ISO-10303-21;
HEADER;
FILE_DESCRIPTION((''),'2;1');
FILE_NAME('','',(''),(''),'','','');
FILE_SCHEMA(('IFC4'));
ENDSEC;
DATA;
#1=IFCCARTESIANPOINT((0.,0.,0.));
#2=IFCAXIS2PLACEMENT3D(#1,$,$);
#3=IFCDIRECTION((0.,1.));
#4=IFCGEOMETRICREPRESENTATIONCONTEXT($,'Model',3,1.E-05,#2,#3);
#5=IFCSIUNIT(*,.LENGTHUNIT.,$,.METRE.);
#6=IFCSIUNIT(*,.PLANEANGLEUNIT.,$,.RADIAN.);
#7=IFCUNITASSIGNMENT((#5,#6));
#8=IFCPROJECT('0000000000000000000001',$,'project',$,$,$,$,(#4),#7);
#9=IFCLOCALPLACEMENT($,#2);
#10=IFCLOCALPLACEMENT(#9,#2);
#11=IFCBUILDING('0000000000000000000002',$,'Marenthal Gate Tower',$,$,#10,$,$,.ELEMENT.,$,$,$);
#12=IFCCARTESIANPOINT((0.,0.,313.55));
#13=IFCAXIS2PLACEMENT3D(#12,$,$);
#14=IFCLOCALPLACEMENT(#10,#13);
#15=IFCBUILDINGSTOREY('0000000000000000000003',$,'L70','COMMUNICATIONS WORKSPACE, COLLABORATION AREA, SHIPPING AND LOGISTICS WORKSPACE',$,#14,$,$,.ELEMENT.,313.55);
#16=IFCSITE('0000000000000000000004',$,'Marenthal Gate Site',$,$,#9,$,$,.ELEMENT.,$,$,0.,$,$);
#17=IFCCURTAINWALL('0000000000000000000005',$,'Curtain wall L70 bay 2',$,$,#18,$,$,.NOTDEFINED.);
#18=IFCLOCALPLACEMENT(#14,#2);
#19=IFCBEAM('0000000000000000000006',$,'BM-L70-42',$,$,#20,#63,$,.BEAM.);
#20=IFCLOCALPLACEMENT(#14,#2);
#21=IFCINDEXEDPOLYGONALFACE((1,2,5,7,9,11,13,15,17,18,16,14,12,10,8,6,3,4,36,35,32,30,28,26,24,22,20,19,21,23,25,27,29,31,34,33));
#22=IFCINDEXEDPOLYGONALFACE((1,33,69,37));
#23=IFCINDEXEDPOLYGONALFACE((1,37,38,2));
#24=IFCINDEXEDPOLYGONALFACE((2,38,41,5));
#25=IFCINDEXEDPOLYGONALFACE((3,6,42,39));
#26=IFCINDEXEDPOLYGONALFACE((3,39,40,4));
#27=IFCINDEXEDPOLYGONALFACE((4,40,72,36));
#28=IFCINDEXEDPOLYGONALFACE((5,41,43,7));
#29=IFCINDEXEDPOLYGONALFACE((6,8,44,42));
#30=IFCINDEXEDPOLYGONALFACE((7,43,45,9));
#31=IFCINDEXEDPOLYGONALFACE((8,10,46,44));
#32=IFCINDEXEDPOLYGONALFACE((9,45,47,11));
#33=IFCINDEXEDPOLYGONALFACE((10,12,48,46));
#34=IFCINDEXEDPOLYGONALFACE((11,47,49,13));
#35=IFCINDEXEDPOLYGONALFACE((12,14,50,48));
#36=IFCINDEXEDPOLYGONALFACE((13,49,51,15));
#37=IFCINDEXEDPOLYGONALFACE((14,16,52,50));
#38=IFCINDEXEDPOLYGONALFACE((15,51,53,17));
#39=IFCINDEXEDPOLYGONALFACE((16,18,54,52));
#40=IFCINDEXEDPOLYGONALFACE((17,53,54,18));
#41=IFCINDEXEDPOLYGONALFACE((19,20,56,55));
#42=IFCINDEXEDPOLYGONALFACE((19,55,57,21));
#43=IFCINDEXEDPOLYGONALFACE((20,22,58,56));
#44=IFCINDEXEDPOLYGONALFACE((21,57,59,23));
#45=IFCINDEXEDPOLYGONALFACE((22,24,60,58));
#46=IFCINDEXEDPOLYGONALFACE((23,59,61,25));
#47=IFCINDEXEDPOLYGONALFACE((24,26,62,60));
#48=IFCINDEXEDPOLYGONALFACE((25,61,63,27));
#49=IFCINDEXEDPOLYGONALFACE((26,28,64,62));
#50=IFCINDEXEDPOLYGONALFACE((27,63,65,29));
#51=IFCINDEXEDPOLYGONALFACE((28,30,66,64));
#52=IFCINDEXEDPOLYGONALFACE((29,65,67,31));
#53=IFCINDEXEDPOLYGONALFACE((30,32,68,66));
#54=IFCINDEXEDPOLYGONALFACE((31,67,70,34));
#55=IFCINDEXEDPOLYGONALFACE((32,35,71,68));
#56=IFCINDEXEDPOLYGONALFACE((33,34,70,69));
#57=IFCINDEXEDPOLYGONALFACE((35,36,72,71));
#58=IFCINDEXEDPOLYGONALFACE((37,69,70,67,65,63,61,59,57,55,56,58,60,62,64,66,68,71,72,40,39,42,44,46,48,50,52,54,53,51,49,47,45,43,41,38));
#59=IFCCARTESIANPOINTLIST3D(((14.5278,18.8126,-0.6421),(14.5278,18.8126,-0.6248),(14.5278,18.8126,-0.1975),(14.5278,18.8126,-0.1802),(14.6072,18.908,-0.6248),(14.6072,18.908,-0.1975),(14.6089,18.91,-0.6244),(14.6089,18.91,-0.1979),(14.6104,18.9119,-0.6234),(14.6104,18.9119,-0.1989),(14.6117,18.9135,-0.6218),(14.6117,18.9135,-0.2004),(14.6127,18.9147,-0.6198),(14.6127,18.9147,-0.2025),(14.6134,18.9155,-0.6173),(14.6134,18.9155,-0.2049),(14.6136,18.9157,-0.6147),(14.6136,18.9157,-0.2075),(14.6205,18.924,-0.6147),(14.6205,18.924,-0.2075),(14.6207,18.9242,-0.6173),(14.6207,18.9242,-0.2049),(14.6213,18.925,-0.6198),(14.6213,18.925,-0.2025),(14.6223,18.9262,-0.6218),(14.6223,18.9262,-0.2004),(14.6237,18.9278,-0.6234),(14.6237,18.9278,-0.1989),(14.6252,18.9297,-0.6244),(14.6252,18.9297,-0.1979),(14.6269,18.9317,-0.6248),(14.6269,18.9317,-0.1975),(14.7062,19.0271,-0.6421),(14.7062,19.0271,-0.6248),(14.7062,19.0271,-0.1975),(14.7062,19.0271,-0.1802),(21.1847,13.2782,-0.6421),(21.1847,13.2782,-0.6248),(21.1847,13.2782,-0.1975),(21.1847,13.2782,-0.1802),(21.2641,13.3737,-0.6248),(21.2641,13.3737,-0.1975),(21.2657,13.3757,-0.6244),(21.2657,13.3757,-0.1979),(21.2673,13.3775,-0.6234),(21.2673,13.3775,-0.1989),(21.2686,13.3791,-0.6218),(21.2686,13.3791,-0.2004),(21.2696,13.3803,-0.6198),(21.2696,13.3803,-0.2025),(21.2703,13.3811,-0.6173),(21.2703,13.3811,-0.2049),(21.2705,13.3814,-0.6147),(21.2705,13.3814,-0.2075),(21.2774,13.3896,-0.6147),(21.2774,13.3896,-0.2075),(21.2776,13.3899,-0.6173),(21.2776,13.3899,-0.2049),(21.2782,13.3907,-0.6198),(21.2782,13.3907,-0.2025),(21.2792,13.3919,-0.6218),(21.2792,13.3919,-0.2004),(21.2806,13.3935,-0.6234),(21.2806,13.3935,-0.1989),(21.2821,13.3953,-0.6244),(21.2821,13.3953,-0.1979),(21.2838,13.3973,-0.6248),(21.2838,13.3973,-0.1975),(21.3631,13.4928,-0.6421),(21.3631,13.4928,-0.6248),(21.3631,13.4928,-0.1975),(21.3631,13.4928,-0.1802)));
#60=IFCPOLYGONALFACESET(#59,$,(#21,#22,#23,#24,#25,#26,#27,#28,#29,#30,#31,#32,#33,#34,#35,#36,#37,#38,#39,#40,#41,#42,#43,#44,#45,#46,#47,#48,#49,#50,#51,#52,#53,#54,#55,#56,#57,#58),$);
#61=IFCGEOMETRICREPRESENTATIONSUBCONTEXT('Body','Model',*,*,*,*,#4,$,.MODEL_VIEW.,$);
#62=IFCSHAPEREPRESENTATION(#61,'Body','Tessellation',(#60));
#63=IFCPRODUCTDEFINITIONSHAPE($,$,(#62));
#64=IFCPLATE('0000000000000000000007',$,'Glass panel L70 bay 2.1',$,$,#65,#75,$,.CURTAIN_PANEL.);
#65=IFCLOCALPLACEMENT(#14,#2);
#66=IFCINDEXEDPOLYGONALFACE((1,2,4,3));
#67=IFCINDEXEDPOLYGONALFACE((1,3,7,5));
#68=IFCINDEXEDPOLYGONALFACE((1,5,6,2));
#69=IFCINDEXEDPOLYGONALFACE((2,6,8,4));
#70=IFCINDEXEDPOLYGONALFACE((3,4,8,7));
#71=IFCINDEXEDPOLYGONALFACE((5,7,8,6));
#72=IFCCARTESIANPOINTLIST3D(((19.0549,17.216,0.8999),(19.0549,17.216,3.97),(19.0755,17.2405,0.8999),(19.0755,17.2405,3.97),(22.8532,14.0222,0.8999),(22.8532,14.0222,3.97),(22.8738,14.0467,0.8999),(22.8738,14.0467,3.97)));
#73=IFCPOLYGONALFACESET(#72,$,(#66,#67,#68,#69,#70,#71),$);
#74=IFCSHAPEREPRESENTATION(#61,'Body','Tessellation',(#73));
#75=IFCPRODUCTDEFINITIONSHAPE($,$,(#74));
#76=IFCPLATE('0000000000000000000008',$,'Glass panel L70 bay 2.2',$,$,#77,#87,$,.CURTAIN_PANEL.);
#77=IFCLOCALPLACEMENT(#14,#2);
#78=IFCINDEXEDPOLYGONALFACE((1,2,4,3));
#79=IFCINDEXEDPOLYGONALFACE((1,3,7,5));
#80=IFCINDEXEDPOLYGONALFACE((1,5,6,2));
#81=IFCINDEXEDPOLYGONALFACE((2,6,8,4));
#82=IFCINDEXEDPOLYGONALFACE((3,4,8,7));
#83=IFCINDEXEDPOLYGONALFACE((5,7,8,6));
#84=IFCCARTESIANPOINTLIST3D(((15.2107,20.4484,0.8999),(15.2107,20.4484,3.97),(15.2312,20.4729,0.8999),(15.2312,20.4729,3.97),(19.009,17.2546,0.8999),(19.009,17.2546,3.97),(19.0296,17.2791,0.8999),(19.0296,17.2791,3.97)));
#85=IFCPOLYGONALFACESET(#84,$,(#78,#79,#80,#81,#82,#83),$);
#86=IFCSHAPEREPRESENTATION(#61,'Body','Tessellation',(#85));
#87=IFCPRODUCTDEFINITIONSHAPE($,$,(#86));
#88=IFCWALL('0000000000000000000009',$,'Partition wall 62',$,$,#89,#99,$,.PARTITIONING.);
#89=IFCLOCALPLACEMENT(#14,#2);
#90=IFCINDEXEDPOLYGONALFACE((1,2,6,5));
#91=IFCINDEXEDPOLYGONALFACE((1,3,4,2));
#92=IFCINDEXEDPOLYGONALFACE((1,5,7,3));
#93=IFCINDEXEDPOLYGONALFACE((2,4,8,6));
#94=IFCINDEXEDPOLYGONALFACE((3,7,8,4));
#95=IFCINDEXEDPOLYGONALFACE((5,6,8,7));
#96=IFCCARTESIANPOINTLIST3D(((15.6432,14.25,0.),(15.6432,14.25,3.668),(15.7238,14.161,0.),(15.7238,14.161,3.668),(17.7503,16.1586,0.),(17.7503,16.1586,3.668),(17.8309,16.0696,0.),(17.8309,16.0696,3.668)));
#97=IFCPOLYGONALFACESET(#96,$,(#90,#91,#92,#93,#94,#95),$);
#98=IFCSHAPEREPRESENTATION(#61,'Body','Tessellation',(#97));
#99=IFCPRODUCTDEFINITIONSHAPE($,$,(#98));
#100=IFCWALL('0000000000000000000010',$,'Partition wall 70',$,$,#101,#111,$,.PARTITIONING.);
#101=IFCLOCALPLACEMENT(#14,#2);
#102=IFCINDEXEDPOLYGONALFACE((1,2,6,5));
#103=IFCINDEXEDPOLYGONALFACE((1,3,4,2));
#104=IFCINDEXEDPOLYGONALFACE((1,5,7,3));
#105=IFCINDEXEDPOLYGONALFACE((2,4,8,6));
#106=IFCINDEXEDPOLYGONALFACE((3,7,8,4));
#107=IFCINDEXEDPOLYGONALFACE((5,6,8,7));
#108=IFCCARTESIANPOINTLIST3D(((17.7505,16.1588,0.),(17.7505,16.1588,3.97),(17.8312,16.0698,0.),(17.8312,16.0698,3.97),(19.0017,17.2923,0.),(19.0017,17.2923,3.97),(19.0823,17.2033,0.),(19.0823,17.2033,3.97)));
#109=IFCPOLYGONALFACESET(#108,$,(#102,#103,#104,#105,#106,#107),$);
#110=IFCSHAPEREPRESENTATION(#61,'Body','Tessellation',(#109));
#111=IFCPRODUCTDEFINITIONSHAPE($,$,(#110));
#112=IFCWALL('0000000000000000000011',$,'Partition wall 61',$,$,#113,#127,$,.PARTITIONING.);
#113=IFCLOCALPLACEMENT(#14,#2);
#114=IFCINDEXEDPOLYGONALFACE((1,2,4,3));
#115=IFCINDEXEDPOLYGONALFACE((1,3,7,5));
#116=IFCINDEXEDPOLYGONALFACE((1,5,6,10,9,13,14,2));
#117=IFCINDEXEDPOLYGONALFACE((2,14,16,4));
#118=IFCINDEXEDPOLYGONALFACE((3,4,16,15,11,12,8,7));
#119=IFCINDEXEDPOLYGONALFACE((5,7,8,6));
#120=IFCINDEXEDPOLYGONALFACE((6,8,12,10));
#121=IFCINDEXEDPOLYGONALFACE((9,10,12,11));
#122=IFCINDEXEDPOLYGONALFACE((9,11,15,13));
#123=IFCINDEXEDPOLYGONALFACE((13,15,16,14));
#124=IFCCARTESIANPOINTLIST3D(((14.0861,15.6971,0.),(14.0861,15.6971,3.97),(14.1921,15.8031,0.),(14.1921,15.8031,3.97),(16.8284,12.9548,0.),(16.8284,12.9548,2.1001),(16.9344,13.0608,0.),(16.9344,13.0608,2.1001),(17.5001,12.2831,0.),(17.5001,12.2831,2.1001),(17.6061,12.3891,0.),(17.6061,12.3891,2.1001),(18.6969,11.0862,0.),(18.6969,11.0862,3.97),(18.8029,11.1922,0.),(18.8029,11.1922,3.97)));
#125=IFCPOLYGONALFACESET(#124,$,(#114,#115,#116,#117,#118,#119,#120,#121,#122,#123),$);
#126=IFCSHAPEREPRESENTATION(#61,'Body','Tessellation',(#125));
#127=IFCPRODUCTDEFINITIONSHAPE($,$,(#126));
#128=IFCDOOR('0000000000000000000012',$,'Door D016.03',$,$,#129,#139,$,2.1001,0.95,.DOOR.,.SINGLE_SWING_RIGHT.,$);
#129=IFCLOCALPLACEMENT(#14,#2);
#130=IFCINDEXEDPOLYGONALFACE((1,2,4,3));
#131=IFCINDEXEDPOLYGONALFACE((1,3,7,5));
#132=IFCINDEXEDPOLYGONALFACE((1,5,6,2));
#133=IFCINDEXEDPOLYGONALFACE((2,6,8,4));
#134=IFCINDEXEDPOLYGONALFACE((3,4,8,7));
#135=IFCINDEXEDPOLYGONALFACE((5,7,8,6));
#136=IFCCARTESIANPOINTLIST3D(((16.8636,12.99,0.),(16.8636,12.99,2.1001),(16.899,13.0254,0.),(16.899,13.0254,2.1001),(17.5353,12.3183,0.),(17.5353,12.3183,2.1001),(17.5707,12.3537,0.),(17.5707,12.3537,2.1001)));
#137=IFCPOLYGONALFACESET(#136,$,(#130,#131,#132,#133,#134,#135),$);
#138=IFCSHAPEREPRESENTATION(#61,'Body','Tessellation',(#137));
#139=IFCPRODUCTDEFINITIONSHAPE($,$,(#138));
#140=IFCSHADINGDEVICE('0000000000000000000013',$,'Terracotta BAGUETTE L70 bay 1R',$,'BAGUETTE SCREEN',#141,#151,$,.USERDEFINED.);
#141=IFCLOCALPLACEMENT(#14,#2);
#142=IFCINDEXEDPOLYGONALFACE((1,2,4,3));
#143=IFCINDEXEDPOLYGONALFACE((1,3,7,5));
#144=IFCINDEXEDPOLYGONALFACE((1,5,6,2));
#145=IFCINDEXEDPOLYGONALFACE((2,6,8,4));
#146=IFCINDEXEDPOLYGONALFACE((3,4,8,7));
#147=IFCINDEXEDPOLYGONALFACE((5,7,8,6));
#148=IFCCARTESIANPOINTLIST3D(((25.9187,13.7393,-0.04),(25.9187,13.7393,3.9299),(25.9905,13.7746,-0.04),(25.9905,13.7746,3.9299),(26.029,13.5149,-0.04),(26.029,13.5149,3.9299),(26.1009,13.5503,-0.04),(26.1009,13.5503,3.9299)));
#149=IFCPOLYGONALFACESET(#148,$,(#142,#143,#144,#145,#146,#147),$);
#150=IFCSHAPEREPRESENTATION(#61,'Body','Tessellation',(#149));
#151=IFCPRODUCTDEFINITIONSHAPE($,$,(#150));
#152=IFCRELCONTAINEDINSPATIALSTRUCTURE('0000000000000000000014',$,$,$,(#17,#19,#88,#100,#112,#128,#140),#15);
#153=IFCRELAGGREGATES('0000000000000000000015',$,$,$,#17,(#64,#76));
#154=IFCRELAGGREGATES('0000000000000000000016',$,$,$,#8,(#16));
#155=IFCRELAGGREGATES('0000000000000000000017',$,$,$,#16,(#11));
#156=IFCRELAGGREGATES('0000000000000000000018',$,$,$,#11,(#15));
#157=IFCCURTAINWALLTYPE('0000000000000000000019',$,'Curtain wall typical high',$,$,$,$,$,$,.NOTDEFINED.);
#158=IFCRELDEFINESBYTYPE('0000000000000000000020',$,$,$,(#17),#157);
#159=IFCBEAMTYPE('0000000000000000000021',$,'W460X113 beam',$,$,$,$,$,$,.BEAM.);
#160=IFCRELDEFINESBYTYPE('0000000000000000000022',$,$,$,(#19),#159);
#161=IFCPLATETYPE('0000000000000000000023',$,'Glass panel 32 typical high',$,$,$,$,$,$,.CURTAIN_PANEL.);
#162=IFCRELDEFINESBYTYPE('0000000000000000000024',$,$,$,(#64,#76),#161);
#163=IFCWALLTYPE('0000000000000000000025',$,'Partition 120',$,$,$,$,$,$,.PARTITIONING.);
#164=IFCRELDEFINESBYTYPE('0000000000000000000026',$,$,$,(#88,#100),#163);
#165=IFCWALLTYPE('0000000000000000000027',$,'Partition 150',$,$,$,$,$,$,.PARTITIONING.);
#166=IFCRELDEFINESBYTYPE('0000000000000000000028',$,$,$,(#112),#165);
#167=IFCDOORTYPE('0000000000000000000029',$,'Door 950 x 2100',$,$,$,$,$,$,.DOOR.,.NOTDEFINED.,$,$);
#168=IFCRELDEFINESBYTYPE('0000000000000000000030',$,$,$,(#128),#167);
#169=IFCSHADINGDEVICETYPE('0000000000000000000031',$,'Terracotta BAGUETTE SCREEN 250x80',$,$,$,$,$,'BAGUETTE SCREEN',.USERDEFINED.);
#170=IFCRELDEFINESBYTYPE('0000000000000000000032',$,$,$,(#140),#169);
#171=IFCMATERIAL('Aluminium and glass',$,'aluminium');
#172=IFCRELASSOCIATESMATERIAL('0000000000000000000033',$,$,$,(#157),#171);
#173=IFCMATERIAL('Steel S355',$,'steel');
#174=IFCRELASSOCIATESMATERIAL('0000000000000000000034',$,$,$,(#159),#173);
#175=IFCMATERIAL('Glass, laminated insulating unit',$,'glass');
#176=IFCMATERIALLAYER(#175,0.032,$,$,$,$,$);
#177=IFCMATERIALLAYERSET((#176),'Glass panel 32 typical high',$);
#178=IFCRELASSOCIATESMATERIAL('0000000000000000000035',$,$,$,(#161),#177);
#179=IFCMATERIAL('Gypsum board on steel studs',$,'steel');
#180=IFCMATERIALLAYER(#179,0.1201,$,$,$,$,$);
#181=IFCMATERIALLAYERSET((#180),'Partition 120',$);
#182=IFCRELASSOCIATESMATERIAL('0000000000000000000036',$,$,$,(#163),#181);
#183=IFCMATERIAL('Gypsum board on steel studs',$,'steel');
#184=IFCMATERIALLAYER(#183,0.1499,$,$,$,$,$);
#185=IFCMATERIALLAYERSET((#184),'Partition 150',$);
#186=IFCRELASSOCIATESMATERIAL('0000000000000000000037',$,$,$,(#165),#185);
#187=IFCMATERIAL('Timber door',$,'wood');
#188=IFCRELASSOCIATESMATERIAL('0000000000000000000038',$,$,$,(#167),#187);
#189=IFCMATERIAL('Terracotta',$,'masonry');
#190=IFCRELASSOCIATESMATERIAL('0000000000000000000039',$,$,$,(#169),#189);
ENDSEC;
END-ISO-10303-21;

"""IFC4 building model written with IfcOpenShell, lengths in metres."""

from ifc_helpers import new_model, si_unit, direction, frame, frame_2d, origin, origin_2d, place, context, subcontext, project, spatial, rectangle, i_section, extrude, material, layer, layer_set, material_profile, profile_set, type_object, element, fill, aggregate, save


model = new_model("IFC4")

# Units and contexts
model_context = context("Model", 3, precision=1e-05, world=origin(), true_north=direction((0.0, 1.0)))
body_context = subcontext(model_context, "Body", "Model", "MODEL_VIEW")
ifc_project = project(units=[si_unit("LENGTHUNIT", "METRE"), si_unit("PLANEANGLEUNIT", "RADIAN")], contexts=[model_context])

# Site, building, storey
site_placement = place(None, origin())
site = spatial("IfcSite", under=ifc_project, at=site_placement, Name="Marenthal Gate Site", CompositionType="ELEMENT", RefElevation=0.0)
building_placement = place(site_placement, origin())
building = spatial("IfcBuilding", under=site, at=building_placement, Name="Marenthal Gate Tower", CompositionType="ELEMENT")
storey_placement = place(building_placement, frame((0.0, 0.0, 313.55)))
storey = spatial("IfcBuildingStorey", under=building, at=storey_placement, Name="L70", Description="COMMUNICATIONS WORKSPACE, COLLABORATION AREA, SHIPPING AND LOGISTICS WORKSPACE", CompositionType="ELEMENT", Elevation=313.55)

# Curtain wall
ifc_material_1 = material(Name="Aluminium and glass", Category="aluminium")
curtain_wall_type = type_object("IfcCurtainWallType", Name="Curtain wall typical high", PredefinedType="NOTDEFINED", material=ifc_material_1)
curtain_wall_placement = place(storey_placement, origin())
curtain_wall = element("IfcCurtainWall", 1, at=curtain_wall_placement, inside=storey, type_object=curtain_wall_type, Name="Curtain wall L70 bay 2", PredefinedType="NOTDEFINED")

# Beam
ifc_material_2 = material(Name="Steel S355", Category="steel")
ifc_material_profile_1 = material_profile(ifc_material_2, i_section(OverallWidth=0.2791, OverallDepth=0.4619, WebThickness=0.0107, FlangeThickness=0.0173, FilletRadius=0.01, at=origin_2d()), Name="W460X113")
ifc_profile_set_1 = profile_set([ifc_material_profile_1], Name="Steel S355")
beam_type_1 = type_object("IfcBeamType", Name="W460X113 beam", PredefinedType="BEAM", material=ifc_profile_set_1)
beam_1_placement = place(storey_placement, frame((21.2739, 13.3855, -0.4111), z_axis=(-0.768963, 0.639294, 0.0), x_axis=(-0.639294, -0.768963, 0.0)))
element("IfcBeam", 2, at=beam_1_placement, inside=storey, type_object=beam_type_1, Name="BM-L70-42", PredefinedType="BEAM", context=body_context, shape_type="SweptSolid", body=[
    extrude(i_section(OverallWidth=0.2791, OverallDepth=0.4619, WebThickness=0.0107, FlangeThickness=0.0173, FilletRadius=0.01, at=origin_2d()), origin(), (0.0, 0.0, 1.0), 8.657),
])

# Plates
ifc_material_3 = material(Name="Glass, laminated insulating unit", Category="glass")
ifc_layer_1 = layer(ifc_material_3, 0.032)
ifc_layer_set_1 = layer_set([ifc_layer_1], Name="Glass panel 32 typical high")
plate_type = type_object("IfcPlateType", Name="Glass panel 32 typical high", PredefinedType="CURTAIN_PANEL", material=ifc_layer_set_1)
plate_1_placement = place(storey_placement, frame((20.9644, 15.6313, 0.8999), z_axis=(0.0, 0.0, 1.0), x_axis=(-0.765387, 0.64357, 0.0)))
plate_1 = element("IfcPlate", 3, at=plate_1_placement, type_object=plate_type, Name="Glass panel L70 bay 2.1", PredefinedType="CURTAIN_PANEL", context=body_context, shape_type="SweptSolid", body=[
    extrude(rectangle(XDim=4.9626, YDim=0.032, at=origin_2d()), origin(), (0.0, 0.0, 1.0), 3.0701),
])
plate_2_placement = place(storey_placement, frame((17.1201, 18.8638, 0.8999), z_axis=(0.0, 0.0, 1.0), x_axis=(-0.765387, 0.64357, 0.0)))
plate_2 = element("IfcPlate", 4, at=plate_2_placement, type_object=plate_type, Name="Glass panel L70 bay 2.2", PredefinedType="CURTAIN_PANEL", context=body_context, shape_type="SweptSolid", body=[
    extrude(rectangle(XDim=4.9626, YDim=0.032, at=origin_2d()), origin(), (0.0, 0.0, 1.0), 3.0701),
])
aggregate(curtain_wall, [plate_1, plate_2])

# Walls
ifc_material_4 = material(Name="Gypsum board on steel studs", Category="steel")
ifc_layer_2 = layer(ifc_material_4, 0.1201)
ifc_layer_set_2 = layer_set([ifc_layer_2], Name="Partition 120")
wall_type_1 = type_object("IfcWallType", Name="Partition 120", PredefinedType="PARTITIONING", material=ifc_layer_set_2)
wall_1_placement = place(storey_placement, frame((15.6836, 14.2056, 0.0), z_axis=(0.0, 0.0, 1.0), x_axis=(0.741151, 0.671338, 0.0)))
element("IfcWall", 5, at=wall_1_placement, inside=storey, type_object=wall_type_1, Name="Partition wall 62", PredefinedType="PARTITIONING", context=body_context, shape_type="SweptSolid", body=[
    extrude(rectangle(XDim=2.843, YDim=0.1201, at=frame_2d((1.4214, 0.0))), origin(), (0.0, 0.0, 1.0), 3.668),
])
wall_2_placement = place(storey_placement, frame((17.7908, 16.1143, 0.0), z_axis=(0.0, 0.0, 1.0), x_axis=(0.741097, 0.671398, 0.0)))
element("IfcWall", 6, at=wall_2_placement, inside=storey, type_object=wall_type_1, Name="Partition wall 70", PredefinedType="PARTITIONING", context=body_context, shape_type="SweptSolid", body=[
    extrude(rectangle(XDim=1.6882, YDim=0.1201, at=frame_2d((0.8442, 0.0))), origin(), (0.0, 0.0, 1.0), 3.97),
])

# Wall, opening, door
ifc_material_5 = material(Name="Gypsum board on steel studs", Category="steel")
ifc_layer_3 = layer(ifc_material_5, 0.1499)
ifc_layer_set_3 = layer_set([ifc_layer_3], Name="Partition 150")
wall_type_2 = type_object("IfcWallType", Name="Partition 150", PredefinedType="PARTITIONING", material=ifc_layer_set_3)
wall_3_placement = place(storey_placement, frame((14.1392, 15.75, 0.0), z_axis=(0.0, 0.0, 1.0), x_axis=(0.707107, -0.707107, 0.0)))
wall_3 = element("IfcWall", 7, at=wall_3_placement, inside=storey, type_object=wall_type_2, Name="Partition wall 61", PredefinedType="PARTITIONING", context=body_context, shape_type="SweptSolid", body=[
    extrude(rectangle(XDim=6.5208, YDim=0.1499, at=frame_2d((3.2603, 0.0))), origin(), (0.0, 0.0, 1.0), 3.97),
])
opening_1_placement = place(wall_3_placement, frame((3.8779, 0.0, 0.0)))
opening_1 = element("IfcOpeningElement", 8, at=opening_1_placement, cuts=wall_3, PredefinedType="OPENING", context=body_context, shape_type="SweptSolid", body=[
    extrude(rectangle(XDim=0.95, YDim=2.1001, at=frame_2d((0.4751, 1.05))), frame((0.0, 0.085, 0.0), z_axis=(0.0, -1.0, 0.0), x_axis=(1.0, 0.0, 0.0)), (0.0, 0.0, 1.0), 0.1699),
])
ifc_material_6 = material(Name="Timber door", Category="wood")
door_type_1 = type_object("IfcDoorType", Name="Door 950 x 2100", OperationType="NOTDEFINED", PredefinedType="DOOR", material=ifc_material_6)
door_1_placement = place(opening_1_placement, origin())
door_1 = element("IfcDoor", 9, at=door_1_placement, inside=storey, type_object=door_type_1, Name="Door D016.03", OperationType="SINGLE_SWING_RIGHT", OverallHeight=2.1001, OverallWidth=0.95, PredefinedType="DOOR", context=body_context, shape_type="SweptSolid", body=[
    extrude(rectangle(XDim=0.95, YDim=2.1001, at=frame_2d((0.4751, 1.05))), frame((0.0, 0.0249, 0.0), z_axis=(0.0, -1.0, 0.0), x_axis=(1.0, 0.0, 0.0)), (0.0, 0.0, 1.0), 0.05),
])
fill(opening_1, door_1)

# Shading device
ifc_material_7 = material(Name="Terracotta", Category="masonry")
ifc_material_profile_2 = material_profile(ifc_material_7, rectangle(XDim=0.25, YDim=0.0801, at=origin_2d()), Name="Terracotta baguette 250x80")
ifc_profile_set_2 = profile_set([ifc_material_profile_2], Name="Terracotta")
shading_device_type = type_object("IfcShadingDeviceType", Name="Terracotta BAGUETTE SCREEN 250x80", ElementType="BAGUETTE SCREEN", PredefinedType="USERDEFINED", material=ifc_profile_set_2)
shading_device_placement = place(storey_placement, frame((26.0098, 13.6448, -0.04), z_axis=(0.0, 0.0, 1.0), x_axis=(-0.441518, 0.897253, 0.0)))
element("IfcShadingDevice", 10, at=shading_device_placement, inside=storey, type_object=shading_device_type, Name="Terracotta BAGUETTE L70 bay 1R", ObjectType="BAGUETTE SCREEN", PredefinedType="USERDEFINED", context=body_context, shape_type="SweptSolid", body=[
    extrude(rectangle(XDim=0.25, YDim=0.0801, at=origin_2d()), origin(), (0.0, 0.0, 1.0), 3.97),
])

save(model, "model.ifc")
